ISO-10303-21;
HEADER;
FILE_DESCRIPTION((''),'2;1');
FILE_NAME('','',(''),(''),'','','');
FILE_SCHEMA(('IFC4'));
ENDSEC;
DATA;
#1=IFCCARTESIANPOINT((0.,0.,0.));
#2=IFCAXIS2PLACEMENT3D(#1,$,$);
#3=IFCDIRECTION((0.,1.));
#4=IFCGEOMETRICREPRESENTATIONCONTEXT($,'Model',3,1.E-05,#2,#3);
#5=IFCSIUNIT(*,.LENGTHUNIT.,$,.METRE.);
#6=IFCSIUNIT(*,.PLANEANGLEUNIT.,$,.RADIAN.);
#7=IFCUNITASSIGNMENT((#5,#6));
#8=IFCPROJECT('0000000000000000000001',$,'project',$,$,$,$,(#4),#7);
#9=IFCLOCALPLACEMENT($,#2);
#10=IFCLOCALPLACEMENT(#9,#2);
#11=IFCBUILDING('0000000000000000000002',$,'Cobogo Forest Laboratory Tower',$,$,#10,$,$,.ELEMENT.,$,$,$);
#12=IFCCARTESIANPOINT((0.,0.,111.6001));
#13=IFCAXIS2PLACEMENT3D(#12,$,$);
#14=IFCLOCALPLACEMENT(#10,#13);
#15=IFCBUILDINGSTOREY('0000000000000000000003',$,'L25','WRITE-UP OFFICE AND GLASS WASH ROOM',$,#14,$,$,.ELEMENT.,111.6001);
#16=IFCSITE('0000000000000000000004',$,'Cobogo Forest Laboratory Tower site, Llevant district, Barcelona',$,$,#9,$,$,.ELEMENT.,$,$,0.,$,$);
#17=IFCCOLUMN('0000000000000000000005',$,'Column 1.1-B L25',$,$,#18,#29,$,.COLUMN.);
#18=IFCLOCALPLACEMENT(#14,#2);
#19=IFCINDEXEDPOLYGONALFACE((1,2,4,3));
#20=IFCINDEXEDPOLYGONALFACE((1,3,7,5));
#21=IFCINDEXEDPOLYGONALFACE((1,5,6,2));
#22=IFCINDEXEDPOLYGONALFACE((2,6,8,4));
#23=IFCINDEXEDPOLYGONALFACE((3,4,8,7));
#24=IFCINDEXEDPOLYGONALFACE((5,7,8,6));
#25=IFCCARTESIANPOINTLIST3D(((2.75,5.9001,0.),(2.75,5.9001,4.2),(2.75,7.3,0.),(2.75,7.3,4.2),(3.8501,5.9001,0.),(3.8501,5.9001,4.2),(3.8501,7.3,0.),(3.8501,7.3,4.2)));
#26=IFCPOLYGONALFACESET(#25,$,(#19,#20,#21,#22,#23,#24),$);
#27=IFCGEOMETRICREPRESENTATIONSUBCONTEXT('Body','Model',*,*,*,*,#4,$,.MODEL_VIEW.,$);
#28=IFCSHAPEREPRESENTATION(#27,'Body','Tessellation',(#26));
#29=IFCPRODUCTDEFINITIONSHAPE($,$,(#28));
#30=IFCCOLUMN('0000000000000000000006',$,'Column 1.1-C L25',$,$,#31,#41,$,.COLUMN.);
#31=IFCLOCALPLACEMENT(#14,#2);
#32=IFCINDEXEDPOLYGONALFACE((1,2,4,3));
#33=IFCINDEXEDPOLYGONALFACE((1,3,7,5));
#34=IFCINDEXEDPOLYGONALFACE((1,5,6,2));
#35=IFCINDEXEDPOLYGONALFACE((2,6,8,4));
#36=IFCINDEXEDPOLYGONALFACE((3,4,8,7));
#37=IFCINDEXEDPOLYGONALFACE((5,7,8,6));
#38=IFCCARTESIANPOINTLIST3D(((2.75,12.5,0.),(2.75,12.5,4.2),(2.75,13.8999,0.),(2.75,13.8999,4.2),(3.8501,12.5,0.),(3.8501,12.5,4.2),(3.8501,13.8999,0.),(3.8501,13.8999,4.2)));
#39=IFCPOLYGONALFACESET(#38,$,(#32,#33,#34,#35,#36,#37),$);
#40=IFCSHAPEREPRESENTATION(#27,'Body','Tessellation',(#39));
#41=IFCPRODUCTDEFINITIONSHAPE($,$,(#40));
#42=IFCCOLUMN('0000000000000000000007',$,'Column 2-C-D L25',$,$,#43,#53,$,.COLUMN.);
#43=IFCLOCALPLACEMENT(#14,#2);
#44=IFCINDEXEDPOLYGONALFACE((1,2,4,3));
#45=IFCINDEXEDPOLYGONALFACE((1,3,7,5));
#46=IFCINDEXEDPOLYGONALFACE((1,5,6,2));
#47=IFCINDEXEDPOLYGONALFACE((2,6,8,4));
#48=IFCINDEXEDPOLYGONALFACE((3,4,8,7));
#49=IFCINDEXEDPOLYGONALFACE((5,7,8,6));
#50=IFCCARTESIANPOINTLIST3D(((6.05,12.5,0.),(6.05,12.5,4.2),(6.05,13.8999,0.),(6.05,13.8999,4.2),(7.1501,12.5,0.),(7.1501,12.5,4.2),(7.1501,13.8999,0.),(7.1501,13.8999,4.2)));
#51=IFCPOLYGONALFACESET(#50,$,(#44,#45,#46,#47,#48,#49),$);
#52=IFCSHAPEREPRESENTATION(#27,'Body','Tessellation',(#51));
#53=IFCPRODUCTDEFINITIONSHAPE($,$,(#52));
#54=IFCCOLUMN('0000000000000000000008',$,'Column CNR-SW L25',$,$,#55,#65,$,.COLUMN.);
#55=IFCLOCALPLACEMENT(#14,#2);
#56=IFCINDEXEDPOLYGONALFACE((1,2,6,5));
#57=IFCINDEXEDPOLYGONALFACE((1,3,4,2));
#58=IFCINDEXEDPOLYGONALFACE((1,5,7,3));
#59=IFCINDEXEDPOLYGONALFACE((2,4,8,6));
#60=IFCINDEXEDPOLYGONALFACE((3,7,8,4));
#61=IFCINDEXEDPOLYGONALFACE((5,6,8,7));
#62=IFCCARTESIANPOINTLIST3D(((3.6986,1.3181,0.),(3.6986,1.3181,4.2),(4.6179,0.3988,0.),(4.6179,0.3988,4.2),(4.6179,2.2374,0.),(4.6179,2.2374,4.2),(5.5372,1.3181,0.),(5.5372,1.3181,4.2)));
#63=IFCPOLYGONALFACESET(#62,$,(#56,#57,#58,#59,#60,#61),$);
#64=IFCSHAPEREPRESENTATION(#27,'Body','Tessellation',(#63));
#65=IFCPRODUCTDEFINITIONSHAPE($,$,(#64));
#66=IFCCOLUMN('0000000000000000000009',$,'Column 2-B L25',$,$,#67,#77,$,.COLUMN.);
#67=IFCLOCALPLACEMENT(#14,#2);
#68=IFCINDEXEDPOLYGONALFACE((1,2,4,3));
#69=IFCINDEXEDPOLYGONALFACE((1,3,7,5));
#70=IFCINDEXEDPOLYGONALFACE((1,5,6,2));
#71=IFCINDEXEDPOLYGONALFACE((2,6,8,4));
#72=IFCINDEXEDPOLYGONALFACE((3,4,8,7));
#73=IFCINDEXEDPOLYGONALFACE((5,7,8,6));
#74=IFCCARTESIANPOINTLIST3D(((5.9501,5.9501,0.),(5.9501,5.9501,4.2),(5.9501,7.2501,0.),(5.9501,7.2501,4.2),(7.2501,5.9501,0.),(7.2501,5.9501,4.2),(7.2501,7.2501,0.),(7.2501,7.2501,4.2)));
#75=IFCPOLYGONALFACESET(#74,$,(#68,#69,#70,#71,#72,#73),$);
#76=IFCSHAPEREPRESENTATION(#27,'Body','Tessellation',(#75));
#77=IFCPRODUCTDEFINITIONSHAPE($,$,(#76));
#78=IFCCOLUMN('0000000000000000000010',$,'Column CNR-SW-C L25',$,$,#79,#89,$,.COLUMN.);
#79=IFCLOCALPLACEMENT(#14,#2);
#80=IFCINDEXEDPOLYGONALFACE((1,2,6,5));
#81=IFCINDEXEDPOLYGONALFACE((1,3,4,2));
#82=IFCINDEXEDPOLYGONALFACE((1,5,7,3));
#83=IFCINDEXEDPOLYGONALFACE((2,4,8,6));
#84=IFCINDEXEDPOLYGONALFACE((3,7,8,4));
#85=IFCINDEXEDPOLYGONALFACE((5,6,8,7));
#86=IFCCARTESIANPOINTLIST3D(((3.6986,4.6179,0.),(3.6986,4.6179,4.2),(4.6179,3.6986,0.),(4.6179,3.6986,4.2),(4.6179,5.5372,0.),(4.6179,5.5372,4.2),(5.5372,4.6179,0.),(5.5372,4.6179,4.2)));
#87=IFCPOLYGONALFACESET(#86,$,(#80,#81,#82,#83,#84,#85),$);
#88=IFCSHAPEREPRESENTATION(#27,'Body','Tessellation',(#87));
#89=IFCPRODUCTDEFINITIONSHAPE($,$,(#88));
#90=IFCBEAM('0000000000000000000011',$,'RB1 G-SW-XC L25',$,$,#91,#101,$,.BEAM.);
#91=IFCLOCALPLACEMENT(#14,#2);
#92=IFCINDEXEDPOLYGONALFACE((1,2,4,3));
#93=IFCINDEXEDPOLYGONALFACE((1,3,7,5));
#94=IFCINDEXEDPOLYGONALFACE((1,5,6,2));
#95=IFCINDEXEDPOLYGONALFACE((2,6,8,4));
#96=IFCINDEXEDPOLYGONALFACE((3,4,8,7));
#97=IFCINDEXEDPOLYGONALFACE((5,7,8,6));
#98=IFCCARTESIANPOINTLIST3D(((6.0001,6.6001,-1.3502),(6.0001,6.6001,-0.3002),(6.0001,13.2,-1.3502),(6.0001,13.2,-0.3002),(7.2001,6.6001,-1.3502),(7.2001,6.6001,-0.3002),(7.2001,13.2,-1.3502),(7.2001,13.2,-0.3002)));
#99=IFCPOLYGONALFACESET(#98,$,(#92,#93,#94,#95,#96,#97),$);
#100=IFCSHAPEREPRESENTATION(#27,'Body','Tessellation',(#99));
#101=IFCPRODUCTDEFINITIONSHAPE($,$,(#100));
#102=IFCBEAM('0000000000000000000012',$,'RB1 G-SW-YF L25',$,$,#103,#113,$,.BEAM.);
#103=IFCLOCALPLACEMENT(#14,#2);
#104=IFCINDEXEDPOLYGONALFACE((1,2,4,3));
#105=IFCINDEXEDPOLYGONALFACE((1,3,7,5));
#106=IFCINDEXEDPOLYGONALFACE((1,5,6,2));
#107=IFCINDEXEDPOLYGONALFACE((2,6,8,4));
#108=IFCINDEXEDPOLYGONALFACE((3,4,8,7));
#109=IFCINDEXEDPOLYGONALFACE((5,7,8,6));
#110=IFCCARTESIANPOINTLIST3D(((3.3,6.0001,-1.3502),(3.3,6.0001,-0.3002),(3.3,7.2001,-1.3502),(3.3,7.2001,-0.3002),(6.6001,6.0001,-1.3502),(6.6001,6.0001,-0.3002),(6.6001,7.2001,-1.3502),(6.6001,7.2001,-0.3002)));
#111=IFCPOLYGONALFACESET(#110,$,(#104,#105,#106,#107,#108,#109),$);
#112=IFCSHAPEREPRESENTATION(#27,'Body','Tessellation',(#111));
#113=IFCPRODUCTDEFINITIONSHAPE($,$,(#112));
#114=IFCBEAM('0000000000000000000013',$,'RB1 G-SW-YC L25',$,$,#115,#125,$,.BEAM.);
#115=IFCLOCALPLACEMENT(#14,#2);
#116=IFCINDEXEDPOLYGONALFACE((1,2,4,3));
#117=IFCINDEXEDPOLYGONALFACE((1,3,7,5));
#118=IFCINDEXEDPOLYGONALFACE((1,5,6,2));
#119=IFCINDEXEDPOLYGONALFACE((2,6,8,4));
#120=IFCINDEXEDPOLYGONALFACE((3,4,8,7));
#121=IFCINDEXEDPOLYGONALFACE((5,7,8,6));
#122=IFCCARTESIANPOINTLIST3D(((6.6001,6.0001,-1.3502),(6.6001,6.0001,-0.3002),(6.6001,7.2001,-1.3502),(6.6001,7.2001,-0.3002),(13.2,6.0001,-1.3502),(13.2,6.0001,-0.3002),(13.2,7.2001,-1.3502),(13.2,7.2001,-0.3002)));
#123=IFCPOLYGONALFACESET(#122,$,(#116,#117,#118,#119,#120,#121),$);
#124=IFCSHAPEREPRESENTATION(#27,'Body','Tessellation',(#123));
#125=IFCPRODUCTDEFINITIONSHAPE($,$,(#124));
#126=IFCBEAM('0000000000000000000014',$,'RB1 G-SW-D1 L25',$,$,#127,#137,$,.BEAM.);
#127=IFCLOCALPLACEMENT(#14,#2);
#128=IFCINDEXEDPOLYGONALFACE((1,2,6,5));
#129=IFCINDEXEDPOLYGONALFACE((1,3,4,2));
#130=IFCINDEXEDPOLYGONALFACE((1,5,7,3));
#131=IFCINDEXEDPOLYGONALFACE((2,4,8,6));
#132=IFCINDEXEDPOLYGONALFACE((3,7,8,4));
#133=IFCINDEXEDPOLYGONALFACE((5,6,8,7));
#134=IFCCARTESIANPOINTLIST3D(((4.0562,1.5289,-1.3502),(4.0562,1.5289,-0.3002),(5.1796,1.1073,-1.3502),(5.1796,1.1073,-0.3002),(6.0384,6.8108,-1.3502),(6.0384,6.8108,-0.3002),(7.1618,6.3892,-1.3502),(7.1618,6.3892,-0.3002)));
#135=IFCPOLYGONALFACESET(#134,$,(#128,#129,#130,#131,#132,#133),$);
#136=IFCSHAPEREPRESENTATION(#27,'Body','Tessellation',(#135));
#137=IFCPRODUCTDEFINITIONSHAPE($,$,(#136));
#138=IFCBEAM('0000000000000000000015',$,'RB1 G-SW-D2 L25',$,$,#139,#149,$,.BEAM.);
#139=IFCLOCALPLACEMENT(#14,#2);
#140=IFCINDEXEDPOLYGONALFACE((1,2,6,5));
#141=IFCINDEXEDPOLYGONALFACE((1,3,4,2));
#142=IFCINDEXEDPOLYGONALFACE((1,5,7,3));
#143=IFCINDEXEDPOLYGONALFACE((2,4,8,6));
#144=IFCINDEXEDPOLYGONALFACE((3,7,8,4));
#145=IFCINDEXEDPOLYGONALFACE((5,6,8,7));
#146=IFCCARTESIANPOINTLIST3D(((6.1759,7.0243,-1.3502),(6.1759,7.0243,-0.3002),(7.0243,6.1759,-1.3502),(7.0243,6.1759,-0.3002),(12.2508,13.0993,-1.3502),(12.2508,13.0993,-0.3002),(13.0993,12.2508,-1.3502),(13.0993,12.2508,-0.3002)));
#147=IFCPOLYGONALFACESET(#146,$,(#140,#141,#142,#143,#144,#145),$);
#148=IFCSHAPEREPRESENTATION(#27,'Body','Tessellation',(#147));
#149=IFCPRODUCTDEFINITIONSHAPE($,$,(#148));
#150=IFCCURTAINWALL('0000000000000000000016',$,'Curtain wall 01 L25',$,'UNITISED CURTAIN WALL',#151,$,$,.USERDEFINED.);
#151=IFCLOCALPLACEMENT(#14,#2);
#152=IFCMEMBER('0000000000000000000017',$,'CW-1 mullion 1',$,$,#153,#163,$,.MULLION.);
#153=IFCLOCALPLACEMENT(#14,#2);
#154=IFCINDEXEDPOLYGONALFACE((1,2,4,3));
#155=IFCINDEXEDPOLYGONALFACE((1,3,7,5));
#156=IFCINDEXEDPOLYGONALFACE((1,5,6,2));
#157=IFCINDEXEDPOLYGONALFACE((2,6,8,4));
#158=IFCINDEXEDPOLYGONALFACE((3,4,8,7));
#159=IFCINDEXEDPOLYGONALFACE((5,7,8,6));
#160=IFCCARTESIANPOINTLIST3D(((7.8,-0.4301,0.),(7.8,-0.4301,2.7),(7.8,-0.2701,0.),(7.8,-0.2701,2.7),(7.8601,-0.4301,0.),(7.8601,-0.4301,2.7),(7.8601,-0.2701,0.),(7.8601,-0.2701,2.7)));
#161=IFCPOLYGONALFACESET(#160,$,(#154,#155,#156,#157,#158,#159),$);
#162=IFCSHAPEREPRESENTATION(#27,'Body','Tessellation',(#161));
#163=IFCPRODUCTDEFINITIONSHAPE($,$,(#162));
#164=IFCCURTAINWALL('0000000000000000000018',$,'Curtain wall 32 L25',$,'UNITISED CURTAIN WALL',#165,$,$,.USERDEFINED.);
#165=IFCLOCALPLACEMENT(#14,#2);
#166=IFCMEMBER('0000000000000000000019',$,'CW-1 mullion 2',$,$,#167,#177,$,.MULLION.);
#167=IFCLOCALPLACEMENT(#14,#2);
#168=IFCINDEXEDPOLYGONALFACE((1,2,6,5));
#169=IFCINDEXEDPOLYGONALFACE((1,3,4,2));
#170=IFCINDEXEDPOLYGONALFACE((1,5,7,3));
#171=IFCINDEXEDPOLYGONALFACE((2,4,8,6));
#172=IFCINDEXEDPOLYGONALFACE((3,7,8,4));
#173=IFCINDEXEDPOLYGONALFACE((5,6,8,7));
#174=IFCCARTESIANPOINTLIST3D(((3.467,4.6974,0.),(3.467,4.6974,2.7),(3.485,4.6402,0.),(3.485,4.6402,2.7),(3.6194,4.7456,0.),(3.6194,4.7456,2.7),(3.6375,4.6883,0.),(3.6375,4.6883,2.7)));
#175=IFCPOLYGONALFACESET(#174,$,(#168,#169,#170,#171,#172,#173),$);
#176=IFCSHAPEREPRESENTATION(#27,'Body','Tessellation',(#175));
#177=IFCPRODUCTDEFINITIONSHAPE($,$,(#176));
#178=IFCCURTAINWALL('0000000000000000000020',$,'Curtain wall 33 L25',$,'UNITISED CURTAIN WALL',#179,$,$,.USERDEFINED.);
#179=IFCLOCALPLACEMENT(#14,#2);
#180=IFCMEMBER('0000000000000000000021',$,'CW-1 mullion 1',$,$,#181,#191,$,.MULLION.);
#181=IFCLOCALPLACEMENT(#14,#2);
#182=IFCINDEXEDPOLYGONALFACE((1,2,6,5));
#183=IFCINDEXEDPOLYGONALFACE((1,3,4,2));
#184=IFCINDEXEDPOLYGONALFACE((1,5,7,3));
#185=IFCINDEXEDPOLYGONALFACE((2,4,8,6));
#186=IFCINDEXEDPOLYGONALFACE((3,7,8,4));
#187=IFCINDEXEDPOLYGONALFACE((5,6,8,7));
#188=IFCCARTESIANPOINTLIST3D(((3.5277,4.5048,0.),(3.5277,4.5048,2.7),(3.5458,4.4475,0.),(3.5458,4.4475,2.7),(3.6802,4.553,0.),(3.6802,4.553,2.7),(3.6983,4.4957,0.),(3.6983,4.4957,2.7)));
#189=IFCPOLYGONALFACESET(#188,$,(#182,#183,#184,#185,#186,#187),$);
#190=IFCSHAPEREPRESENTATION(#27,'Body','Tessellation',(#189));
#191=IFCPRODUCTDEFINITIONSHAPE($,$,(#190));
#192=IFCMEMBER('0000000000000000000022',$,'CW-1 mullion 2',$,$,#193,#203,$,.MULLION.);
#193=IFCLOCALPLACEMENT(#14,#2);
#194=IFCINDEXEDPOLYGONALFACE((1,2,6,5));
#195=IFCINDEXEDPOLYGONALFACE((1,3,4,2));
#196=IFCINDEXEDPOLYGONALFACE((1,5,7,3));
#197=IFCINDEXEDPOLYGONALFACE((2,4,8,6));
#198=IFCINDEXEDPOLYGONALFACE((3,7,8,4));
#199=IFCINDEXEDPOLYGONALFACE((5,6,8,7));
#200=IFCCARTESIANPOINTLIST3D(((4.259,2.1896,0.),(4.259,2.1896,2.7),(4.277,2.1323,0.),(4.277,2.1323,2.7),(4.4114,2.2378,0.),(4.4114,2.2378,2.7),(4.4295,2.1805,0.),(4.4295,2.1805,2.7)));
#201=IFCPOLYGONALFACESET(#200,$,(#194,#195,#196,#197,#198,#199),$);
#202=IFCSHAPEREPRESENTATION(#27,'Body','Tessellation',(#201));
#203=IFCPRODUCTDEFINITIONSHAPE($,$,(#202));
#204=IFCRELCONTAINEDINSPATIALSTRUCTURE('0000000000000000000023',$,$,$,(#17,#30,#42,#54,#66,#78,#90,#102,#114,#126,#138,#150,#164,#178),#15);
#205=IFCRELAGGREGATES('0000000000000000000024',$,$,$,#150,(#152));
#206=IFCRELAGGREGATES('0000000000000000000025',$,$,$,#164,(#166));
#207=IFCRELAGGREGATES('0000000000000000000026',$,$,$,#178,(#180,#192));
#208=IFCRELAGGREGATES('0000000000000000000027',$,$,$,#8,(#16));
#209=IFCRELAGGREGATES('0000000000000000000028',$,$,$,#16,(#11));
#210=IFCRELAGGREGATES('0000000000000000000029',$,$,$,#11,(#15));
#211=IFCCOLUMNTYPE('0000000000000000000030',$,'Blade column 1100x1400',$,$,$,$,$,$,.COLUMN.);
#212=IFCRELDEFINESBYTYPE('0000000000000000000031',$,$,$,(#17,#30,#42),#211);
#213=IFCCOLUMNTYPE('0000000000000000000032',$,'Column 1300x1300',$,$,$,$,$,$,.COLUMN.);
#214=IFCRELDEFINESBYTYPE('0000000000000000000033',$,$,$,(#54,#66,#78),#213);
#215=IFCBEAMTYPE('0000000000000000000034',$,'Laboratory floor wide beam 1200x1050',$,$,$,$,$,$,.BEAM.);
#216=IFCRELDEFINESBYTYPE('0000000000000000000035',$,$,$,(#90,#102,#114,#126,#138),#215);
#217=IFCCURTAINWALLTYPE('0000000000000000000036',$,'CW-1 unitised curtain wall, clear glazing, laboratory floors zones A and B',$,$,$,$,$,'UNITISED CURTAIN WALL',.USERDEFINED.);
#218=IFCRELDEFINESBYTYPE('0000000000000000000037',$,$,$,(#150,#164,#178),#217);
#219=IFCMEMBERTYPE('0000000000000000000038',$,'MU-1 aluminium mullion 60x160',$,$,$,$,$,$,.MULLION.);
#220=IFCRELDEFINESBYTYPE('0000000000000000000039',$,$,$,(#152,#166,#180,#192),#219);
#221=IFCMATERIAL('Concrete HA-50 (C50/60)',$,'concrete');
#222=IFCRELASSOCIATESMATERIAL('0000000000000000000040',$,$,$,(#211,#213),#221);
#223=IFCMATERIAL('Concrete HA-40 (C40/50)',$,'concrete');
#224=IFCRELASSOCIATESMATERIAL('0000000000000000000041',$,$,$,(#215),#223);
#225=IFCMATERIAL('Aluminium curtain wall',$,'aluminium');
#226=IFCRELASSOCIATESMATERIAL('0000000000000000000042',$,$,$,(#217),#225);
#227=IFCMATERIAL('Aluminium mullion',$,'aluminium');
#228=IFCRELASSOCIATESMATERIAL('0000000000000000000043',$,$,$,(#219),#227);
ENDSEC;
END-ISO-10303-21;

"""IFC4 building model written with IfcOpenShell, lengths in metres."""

from ifc_helpers import new_model, si_unit, direction, frame, origin, origin_2d, place, context, subcontext, project, spatial, rectangle, extrude, material, material_profile, profile_set, type_object, element, aggregate, save


model = new_model("IFC4")

# Units and contexts
model_context = context("Model", 3, precision=1e-05, world=origin(), true_north=direction((0.0, 1.0)))
body_context = subcontext(model_context, "Body", "Model", "MODEL_VIEW")
ifc_project = project(units=[si_unit("LENGTHUNIT", "METRE"), si_unit("PLANEANGLEUNIT", "RADIAN")], contexts=[model_context])

# Site, building, storey
site_placement = place(None, origin())
site = spatial("IfcSite", under=ifc_project, at=site_placement, Name="Cobogo Forest Laboratory Tower site, Llevant district, Barcelona", CompositionType="ELEMENT", RefElevation=0.0)
building_placement = place(site_placement, origin())
building = spatial("IfcBuilding", under=site, at=building_placement, Name="Cobogo Forest Laboratory Tower", CompositionType="ELEMENT")
storey_placement = place(building_placement, frame((0.0, 0.0, 111.6001)))
storey = spatial("IfcBuildingStorey", under=building, at=storey_placement, Name="L25", Description="WRITE-UP OFFICE AND GLASS WASH ROOM", CompositionType="ELEMENT", Elevation=111.6001)

# Columns
ifc_material_1 = material(Name="Concrete HA-50 (C50/60)", Category="concrete")
ifc_material_profile_1 = material_profile(ifc_material_1, rectangle(XDim=1.3999, YDim=1.1001, at=origin_2d()), Name="RC 1100x1400")
ifc_profile_set_1 = profile_set([ifc_material_profile_1], Name="Concrete HA-50 (C50/60)")
column_type_1 = type_object("IfcColumnType", Name="Blade column 1100x1400", PredefinedType="COLUMN", material=ifc_profile_set_1)
for number, where, z_axis, x_axis, name in (
    (1, (3.3, 6.6001, 0.0), (0.0, 0.0, 1.0), (0.0, 1.0, 0.0), "Column 1.1-B L25"),
    (2, (3.3, 13.2, 0.0), (0.0, 0.0, 1.0), (0.0, 1.0, 0.0), "Column 1.1-C L25"),
    (3, (6.6001, 13.2, 0.0), (0.0, 0.0, 1.0), (0.0, 1.0, 0.0), "Column 2-C-D L25"),
):
    element("IfcColumn", number, at=place(storey_placement, frame(where, z_axis=z_axis, x_axis=x_axis)), inside=storey, type_object=column_type_1, Name=name, PredefinedType="COLUMN", context=body_context, shape_type="SweptSolid", body=[
        extrude(rectangle(XDim=1.3999, YDim=1.1001, at=origin_2d()), origin(), (0.0, 0.0, 1.0), 4.2),
    ])
ifc_material_profile_2 = material_profile(ifc_material_1, rectangle(XDim=1.3, YDim=1.3, at=origin_2d()), Name="RC 1300x1300")
ifc_profile_set_2 = profile_set([ifc_material_profile_2], Name="Concrete HA-50 (C50/60)")
column_type_2 = type_object("IfcColumnType", Name="Column 1300x1300", PredefinedType="COLUMN", material=ifc_profile_set_2)
for number, where, z_axis, x_axis, name in (
    (4, (4.6179, 1.3181, 0.0), (0.0, 0.0, 1.0), (0.707107, 0.707107, 0.0), "Column CNR-SW L25"),
    (5, (6.6001, 6.6001, 0.0), (0.0, 0.0, 1.0), (1.0, 0.0, 0.0), "Column 2-B L25"),
    (6, (4.6179, 4.6179, 0.0), (0.0, 0.0, 1.0), (0.707107, 0.707107, 0.0), "Column CNR-SW-C L25"),
):
    element("IfcColumn", number, at=place(storey_placement, frame(where, z_axis=z_axis, x_axis=x_axis)), inside=storey, type_object=column_type_2, Name=name, PredefinedType="COLUMN", context=body_context, shape_type="SweptSolid", body=[
        extrude(rectangle(XDim=1.3, YDim=1.3, at=origin_2d()), origin(), (0.0, 0.0, 1.0), 4.2),
    ])

# Beams
ifc_material_2 = material(Name="Concrete HA-40 (C40/50)", Category="concrete")
ifc_material_profile_3 = material_profile(ifc_material_2, rectangle(XDim=1.2, YDim=1.05, at=origin_2d()), Name="RC 1200x1050")
ifc_profile_set_3 = profile_set([ifc_material_profile_3], Name="Concrete HA-40 (C40/50)")
beam_type_1 = type_object("IfcBeamType", Name="Laboratory floor wide beam 1200x1050", PredefinedType="BEAM", material=ifc_profile_set_3)
beam_1_placement = place(storey_placement, frame((6.6001, 6.6001, -0.8252), z_axis=(0.0, 1.0, 0.0), x_axis=(-1.0, 0.0, 0.0)))
element("IfcBeam", 7, at=beam_1_placement, inside=storey, type_object=beam_type_1, Name="RB1 G-SW-XC L25", PredefinedType="BEAM", context=body_context, shape_type="SweptSolid", body=[
    extrude(rectangle(XDim=1.2, YDim=1.05, at=origin_2d()), origin(), (0.0, 0.0, 1.0), 6.5999),
])
beam_2_placement = place(storey_placement, frame((3.3, 6.6001, -0.8252), z_axis=(1.0, 0.0, 0.0), x_axis=(0.0, 1.0, 0.0)))
element("IfcBeam", 8, at=beam_2_placement, inside=storey, type_object=beam_type_1, Name="RB1 G-SW-YF L25", PredefinedType="BEAM", context=body_context, shape_type="SweptSolid", body=[
    extrude(rectangle(XDim=1.2, YDim=1.05, at=origin_2d()), origin(), (0.0, 0.0, 1.0), 3.3),
])
beam_3_placement = place(storey_placement, frame((6.6001, 6.6001, -0.8252), z_axis=(1.0, 0.0, 0.0), x_axis=(0.0, 1.0, 0.0)))
element("IfcBeam", 9, at=beam_3_placement, inside=storey, type_object=beam_type_1, Name="RB1 G-SW-YC L25", PredefinedType="BEAM", context=body_context, shape_type="SweptSolid", body=[
    extrude(rectangle(XDim=1.2, YDim=1.05, at=origin_2d()), origin(), (0.0, 0.0, 1.0), 6.5999),
])
beam_4_placement = place(storey_placement, frame((4.6179, 1.3181, -0.8252), z_axis=(0.351346, 0.936246, 0.0), x_axis=(-0.936246, 0.351346, 0.0)))
element("IfcBeam", 10, at=beam_4_placement, inside=storey, type_object=beam_type_1, Name="RB1 G-SW-D1 L25", PredefinedType="BEAM", context=body_context, shape_type="SweptSolid", body=[
    extrude(rectangle(XDim=1.2, YDim=1.05, at=origin_2d()), origin(), (0.0, 0.0, 1.0), 5.6416),
])
beam_5_placement = place(storey_placement, frame((6.6001, 6.6001, -0.8252), z_axis=(0.707107, 0.707107, 0.0), x_axis=(-0.707107, 0.707107, 0.0)))
element("IfcBeam", 11, at=beam_5_placement, inside=storey, type_object=beam_type_1, Name="RB1 G-SW-D2 L25", PredefinedType="BEAM", context=body_context, shape_type="SweptSolid", body=[
    extrude(rectangle(XDim=1.2, YDim=1.05, at=origin_2d()), origin(), (0.0, 0.0, 1.0), 8.5913),
])

# Curtain walls, members
ifc_material_3 = material(Name="Aluminium curtain wall", Category="aluminium")
curtain_wall_type = type_object("IfcCurtainWallType", Name="CW-1 unitised curtain wall, clear glazing, laboratory floors zones A and B", ElementType="UNITISED CURTAIN WALL", PredefinedType="USERDEFINED", material=ifc_material_3)
curtain_wall_1_placement = place(storey_placement, origin())
curtain_wall_1 = element("IfcCurtainWall", 12, at=curtain_wall_1_placement, inside=storey, type_object=curtain_wall_type, Name="Curtain wall 01 L25", ObjectType="UNITISED CURTAIN WALL", PredefinedType="USERDEFINED")
ifc_material_4 = material(Name="Aluminium mullion", Category="aluminium")
ifc_material_profile_4 = material_profile(ifc_material_4, rectangle(XDim=0.0601, YDim=0.1599, at=origin_2d()), Name="AL 60x160")
ifc_profile_set_4 = profile_set([ifc_material_profile_4], Name="Aluminium mullion")
member_type_1 = type_object("IfcMemberType", Name="MU-1 aluminium mullion 60x160", PredefinedType="MULLION", material=ifc_profile_set_4)
member_1_placement = place(storey_placement, frame((7.8301, -0.3501, 0.0), z_axis=(0.0, 0.0, 1.0), x_axis=(1.0, 0.0, 0.0)))
member_1 = element("IfcMember", 13, at=member_1_placement, type_object=member_type_1, Name="CW-1 mullion 1", PredefinedType="MULLION", context=body_context, shape_type="SweptSolid", body=[
    extrude(rectangle(XDim=0.0601, YDim=0.1599, at=origin_2d()), origin(), (0.0, 0.0, 1.0), 2.7),
])
aggregate(curtain_wall_1, [member_1])
curtain_wall_2_placement = place(storey_placement, origin())
curtain_wall_2 = element("IfcCurtainWall", 14, at=curtain_wall_2_placement, inside=storey, type_object=curtain_wall_type, Name="Curtain wall 32 L25", ObjectType="UNITISED CURTAIN WALL", PredefinedType="USERDEFINED")
member_2_placement = place(storey_placement, frame((3.5522, 4.6929, 0.0), z_axis=(0.0, 0.0, 1.0), x_axis=(0.301135, -0.953581, 0.0)))
member_2 = element("IfcMember", 15, at=member_2_placement, type_object=member_type_1, Name="CW-1 mullion 2", PredefinedType="MULLION", context=body_context, shape_type="SweptSolid", body=[
    extrude(rectangle(XDim=0.0601, YDim=0.1599, at=origin_2d()), origin(), (0.0, 0.0, 1.0), 2.7),
])

# Curtain wall, members
curtain_wall_3_placement = place(storey_placement, origin())
curtain_wall_3 = element("IfcCurtainWall", 16, at=curtain_wall_3_placement, inside=storey, type_object=curtain_wall_type, Name="Curtain wall 33 L25", ObjectType="UNITISED CURTAIN WALL", PredefinedType="USERDEFINED")
member_3_placement = place(storey_placement, frame((3.613, 4.5002, 0.0), z_axis=(0.0, 0.0, 1.0), x_axis=(0.301135, -0.953581, 0.0)))
member_3 = element("IfcMember", 17, at=member_3_placement, type_object=member_type_1, Name="CW-1 mullion 1", PredefinedType="MULLION", context=body_context, shape_type="SweptSolid", body=[
    extrude(rectangle(XDim=0.0601, YDim=0.1599, at=origin_2d()), origin(), (0.0, 0.0, 1.0), 2.7),
])
member_4_placement = place(storey_placement, frame((4.3442, 2.1851, 0.0), z_axis=(0.0, 0.0, 1.0), x_axis=(0.301135, -0.953581, 0.0)))
member_4 = element("IfcMember", 18, at=member_4_placement, type_object=member_type_1, Name="CW-1 mullion 2", PredefinedType="MULLION", context=body_context, shape_type="SweptSolid", body=[
    extrude(rectangle(XDim=0.0601, YDim=0.1599, at=origin_2d()), origin(), (0.0, 0.0, 1.0), 2.7),
])

aggregate(curtain_wall_2, [member_2])
aggregate(curtain_wall_3, [member_3, member_4])

save(model, "model.ifc")
